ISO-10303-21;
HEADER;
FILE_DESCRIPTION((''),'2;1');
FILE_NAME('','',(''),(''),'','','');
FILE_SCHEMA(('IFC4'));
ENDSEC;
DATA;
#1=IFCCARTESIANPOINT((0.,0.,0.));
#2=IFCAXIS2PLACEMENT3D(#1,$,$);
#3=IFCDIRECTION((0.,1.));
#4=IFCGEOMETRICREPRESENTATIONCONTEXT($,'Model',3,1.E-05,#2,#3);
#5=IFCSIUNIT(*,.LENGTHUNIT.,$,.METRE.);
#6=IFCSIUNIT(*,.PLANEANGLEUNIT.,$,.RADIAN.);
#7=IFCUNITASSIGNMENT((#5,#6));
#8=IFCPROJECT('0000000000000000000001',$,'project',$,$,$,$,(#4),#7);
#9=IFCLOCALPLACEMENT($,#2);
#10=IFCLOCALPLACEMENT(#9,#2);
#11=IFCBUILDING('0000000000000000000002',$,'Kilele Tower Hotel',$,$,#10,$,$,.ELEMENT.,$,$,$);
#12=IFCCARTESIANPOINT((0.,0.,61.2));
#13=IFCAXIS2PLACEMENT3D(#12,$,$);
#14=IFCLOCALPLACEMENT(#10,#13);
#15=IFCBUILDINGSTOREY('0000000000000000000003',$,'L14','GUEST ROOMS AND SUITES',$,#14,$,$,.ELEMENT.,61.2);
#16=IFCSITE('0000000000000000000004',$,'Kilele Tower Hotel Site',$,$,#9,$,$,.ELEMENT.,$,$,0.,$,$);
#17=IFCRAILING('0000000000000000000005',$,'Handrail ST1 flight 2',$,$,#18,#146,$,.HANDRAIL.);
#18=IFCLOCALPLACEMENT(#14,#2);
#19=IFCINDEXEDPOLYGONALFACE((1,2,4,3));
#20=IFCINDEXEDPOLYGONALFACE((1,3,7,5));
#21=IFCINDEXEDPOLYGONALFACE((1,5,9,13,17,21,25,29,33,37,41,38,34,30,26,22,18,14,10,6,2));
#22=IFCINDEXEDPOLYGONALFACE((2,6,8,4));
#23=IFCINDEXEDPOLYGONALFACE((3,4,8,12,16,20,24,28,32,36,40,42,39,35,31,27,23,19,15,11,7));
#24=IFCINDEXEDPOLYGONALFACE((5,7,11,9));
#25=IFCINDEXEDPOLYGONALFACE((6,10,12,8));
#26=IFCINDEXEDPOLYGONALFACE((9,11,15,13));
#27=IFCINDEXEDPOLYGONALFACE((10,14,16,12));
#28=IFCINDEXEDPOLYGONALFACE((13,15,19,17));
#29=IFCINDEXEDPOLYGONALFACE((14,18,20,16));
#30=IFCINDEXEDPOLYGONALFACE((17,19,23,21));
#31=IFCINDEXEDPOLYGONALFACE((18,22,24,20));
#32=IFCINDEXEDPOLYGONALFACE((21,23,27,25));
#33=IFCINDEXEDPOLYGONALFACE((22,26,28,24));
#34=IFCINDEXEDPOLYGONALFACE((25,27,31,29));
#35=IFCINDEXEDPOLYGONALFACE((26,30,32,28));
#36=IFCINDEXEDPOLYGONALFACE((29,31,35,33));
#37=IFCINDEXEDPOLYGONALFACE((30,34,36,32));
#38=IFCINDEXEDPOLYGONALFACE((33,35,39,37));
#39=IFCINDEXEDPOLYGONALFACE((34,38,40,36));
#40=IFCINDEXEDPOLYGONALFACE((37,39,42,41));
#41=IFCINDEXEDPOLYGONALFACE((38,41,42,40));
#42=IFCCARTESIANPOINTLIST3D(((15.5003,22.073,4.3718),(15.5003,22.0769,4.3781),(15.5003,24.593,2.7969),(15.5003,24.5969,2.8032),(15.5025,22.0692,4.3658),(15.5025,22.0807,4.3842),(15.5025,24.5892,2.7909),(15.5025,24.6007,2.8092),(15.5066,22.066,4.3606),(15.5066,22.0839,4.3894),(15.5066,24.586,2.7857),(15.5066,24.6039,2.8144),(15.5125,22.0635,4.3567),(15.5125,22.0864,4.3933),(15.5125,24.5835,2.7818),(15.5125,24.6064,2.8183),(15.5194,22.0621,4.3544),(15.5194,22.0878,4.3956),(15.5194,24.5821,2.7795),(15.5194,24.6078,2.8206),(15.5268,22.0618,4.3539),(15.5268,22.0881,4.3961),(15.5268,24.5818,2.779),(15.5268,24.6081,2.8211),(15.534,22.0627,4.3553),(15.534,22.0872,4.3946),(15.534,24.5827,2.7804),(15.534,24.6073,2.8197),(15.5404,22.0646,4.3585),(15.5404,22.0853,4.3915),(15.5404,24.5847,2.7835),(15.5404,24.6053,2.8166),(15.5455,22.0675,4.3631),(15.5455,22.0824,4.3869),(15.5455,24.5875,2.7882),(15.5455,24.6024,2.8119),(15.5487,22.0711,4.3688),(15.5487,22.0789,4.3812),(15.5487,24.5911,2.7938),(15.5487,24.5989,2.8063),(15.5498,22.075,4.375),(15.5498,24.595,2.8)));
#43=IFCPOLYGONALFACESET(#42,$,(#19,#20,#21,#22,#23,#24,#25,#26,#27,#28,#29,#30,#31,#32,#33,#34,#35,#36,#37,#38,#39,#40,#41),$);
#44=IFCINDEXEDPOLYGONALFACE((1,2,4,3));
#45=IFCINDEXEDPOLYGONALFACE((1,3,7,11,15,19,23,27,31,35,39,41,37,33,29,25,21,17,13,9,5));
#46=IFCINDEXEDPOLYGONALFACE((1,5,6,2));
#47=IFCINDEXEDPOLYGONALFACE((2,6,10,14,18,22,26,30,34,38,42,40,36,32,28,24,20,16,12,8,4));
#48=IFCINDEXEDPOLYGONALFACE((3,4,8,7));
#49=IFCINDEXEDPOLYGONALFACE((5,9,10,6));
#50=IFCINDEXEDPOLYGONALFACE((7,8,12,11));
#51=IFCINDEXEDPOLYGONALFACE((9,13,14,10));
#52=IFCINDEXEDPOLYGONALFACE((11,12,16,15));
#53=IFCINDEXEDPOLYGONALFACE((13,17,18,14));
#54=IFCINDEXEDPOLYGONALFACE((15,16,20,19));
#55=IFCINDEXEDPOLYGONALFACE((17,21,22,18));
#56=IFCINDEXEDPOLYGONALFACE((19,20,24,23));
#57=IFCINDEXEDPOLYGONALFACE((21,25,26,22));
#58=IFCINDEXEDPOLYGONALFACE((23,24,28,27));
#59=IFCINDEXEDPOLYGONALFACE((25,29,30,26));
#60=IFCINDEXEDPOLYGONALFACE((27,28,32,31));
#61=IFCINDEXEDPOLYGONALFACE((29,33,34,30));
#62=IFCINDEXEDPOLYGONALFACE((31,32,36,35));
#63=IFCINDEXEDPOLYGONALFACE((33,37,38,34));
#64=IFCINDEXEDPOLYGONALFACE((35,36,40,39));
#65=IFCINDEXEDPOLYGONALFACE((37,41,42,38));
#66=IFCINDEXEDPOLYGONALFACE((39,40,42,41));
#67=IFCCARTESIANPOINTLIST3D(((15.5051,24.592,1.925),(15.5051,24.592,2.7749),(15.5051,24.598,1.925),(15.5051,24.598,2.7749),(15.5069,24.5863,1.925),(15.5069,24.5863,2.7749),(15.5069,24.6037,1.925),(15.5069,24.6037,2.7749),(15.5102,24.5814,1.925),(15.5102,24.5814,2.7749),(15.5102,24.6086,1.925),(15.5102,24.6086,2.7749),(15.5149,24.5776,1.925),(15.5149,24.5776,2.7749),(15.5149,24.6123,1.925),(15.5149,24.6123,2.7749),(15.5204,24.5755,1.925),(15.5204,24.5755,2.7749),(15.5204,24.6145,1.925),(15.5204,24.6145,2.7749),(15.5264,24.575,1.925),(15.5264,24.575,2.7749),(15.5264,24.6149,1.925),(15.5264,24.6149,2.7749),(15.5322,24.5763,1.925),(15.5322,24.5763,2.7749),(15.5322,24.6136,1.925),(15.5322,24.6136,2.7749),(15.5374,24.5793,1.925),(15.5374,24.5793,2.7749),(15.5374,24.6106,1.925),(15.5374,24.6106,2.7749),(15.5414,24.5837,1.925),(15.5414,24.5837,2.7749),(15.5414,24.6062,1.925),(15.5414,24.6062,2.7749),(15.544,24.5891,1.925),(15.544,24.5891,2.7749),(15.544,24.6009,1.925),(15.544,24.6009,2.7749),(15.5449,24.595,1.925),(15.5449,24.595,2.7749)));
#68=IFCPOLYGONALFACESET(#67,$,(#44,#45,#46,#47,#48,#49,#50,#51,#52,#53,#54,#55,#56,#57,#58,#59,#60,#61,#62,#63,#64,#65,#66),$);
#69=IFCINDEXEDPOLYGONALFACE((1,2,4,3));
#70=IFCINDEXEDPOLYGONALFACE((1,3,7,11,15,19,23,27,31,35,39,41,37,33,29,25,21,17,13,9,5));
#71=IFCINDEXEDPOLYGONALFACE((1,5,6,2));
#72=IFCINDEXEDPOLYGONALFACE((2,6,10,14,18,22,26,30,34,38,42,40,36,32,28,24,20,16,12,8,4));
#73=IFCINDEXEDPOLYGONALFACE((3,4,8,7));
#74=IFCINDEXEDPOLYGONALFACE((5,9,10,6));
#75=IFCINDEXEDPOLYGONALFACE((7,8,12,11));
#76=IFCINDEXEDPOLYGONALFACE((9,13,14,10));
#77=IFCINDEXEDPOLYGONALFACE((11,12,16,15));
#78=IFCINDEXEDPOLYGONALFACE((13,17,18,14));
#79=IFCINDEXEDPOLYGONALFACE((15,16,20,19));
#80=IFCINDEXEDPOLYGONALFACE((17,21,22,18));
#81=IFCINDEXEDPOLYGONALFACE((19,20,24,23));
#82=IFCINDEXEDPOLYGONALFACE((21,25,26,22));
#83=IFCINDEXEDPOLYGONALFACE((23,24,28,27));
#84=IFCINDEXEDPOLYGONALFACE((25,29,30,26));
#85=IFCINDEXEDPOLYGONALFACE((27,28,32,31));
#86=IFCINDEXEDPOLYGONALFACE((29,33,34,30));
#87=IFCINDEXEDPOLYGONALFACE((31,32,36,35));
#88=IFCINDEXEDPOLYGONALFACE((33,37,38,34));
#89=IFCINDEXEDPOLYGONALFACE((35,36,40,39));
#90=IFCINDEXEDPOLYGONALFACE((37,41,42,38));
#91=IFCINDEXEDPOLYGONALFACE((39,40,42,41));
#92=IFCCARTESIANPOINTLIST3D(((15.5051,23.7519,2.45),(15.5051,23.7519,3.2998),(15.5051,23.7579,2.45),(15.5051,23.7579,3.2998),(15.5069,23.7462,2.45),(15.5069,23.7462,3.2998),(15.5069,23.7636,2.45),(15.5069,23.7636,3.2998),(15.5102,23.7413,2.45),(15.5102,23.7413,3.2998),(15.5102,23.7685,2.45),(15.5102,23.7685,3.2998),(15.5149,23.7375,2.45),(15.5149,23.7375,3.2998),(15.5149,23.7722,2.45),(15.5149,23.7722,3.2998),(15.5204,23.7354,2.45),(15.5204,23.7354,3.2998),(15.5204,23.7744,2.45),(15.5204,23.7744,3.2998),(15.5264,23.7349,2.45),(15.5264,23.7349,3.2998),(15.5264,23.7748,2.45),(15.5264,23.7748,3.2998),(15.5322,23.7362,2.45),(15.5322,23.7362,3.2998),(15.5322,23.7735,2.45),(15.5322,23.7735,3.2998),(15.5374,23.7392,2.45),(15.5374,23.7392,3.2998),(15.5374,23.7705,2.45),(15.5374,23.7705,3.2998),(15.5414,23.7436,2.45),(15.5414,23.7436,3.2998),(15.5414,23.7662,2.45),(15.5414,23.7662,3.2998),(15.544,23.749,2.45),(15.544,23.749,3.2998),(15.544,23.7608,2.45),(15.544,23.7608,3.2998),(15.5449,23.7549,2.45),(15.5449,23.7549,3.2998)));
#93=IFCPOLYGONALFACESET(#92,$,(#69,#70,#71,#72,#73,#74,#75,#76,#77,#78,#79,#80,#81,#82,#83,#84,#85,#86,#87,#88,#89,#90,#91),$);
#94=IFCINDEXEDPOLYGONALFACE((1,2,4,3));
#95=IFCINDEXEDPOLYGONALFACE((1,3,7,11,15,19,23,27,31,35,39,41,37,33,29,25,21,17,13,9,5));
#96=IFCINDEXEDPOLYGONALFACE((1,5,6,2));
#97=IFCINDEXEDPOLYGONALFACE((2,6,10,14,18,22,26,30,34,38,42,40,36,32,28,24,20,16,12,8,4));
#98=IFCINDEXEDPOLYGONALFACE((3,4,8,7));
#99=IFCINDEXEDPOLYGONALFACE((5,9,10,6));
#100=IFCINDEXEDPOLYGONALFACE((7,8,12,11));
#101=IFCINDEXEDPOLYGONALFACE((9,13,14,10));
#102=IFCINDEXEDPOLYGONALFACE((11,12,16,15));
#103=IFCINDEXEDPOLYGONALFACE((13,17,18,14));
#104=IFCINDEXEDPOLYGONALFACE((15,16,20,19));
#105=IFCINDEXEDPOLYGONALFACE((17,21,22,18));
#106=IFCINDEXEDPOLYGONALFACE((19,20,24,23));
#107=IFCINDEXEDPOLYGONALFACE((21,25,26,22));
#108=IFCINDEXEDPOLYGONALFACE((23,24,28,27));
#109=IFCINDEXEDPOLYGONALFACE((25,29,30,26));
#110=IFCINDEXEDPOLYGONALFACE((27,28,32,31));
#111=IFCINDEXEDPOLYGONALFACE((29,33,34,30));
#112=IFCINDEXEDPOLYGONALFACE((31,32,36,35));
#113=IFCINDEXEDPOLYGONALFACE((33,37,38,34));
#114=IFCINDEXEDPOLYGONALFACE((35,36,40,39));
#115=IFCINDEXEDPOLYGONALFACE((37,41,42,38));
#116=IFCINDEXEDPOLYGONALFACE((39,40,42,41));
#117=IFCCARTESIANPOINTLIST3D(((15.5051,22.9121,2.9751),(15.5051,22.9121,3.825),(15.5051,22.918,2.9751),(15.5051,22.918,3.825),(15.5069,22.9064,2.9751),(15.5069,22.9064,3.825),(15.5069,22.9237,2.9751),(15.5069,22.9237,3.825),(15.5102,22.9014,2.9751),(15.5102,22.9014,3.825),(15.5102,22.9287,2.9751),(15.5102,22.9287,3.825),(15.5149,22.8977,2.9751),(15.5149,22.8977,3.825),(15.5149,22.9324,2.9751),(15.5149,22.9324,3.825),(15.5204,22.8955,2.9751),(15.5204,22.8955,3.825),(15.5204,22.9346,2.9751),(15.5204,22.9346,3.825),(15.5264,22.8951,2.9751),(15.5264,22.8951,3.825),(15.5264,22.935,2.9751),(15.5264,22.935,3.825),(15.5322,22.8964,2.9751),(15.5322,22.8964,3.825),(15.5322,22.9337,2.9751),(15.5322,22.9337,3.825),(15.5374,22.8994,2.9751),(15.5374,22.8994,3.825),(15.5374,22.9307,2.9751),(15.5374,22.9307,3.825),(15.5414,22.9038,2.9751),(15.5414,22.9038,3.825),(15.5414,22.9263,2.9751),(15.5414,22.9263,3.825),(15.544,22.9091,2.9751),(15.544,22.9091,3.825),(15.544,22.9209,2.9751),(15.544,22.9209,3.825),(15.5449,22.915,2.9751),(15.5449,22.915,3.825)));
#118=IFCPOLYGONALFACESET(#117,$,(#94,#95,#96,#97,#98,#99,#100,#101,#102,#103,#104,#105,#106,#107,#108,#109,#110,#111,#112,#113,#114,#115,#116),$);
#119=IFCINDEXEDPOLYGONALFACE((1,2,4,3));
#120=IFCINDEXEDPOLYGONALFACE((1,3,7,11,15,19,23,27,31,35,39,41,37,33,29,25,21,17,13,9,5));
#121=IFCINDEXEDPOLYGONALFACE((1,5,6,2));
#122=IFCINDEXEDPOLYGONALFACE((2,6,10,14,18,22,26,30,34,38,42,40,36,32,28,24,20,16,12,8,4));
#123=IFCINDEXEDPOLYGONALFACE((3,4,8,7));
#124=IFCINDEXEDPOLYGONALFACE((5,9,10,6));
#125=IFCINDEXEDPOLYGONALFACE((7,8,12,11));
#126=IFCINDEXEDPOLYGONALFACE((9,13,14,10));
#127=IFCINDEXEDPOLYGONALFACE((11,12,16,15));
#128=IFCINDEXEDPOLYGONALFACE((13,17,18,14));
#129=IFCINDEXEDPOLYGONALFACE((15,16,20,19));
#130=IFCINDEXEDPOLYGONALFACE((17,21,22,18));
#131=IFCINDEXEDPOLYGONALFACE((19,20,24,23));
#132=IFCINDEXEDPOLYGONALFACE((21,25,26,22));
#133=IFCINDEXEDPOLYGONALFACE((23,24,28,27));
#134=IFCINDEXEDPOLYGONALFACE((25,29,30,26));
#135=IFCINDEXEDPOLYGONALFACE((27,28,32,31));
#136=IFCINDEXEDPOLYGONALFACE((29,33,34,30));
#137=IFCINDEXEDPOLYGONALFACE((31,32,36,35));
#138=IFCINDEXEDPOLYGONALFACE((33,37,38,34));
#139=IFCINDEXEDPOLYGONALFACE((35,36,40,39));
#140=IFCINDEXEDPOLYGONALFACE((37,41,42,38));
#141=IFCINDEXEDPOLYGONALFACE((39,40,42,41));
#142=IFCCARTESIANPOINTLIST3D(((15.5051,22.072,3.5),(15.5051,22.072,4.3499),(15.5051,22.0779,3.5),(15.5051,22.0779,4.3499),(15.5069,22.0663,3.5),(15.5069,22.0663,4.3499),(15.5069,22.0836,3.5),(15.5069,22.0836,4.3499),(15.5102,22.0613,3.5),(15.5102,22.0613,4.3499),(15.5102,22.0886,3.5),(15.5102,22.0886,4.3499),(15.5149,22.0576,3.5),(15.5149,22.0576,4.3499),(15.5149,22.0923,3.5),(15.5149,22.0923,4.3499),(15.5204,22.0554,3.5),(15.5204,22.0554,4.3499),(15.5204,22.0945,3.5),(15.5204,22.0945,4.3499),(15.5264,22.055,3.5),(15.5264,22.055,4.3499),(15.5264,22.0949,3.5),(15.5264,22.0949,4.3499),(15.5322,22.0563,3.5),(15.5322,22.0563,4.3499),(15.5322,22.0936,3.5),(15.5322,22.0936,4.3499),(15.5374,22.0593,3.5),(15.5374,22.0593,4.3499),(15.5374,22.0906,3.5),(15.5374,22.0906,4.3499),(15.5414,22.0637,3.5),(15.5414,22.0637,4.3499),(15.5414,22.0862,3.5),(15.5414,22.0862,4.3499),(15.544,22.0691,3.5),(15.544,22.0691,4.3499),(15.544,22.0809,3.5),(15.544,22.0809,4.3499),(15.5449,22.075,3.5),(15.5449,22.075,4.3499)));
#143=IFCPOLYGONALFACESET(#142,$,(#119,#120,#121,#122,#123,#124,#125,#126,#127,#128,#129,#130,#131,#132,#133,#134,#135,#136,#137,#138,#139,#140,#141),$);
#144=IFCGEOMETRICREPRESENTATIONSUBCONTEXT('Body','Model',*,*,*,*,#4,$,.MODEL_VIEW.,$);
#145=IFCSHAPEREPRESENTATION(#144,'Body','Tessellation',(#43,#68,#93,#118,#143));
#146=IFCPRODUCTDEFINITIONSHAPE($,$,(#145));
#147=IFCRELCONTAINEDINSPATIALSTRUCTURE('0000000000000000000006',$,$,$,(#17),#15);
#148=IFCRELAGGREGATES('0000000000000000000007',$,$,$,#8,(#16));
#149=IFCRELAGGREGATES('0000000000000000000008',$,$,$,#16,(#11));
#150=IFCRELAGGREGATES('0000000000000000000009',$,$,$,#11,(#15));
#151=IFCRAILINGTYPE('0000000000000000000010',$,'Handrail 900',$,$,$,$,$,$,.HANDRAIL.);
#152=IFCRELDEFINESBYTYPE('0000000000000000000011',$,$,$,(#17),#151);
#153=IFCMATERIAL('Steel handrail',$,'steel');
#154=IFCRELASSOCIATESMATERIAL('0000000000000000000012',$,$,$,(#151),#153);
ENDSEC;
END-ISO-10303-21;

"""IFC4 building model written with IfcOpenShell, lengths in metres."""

from ifc_helpers import new_model, si_unit, direction, frame, origin, origin_2d, place, context, subcontext, project, spatial, circle, extrude, material, type_object, element, save


model = new_model("IFC4")

# Units and contexts
model_context = context("Model", 3, precision=1e-05, world=origin(), true_north=direction((0.0, 1.0)))
body_context = subcontext(model_context, "Body", "Model", "MODEL_VIEW")
ifc_project = project(units=[si_unit("LENGTHUNIT", "METRE"), si_unit("PLANEANGLEUNIT", "RADIAN")], contexts=[model_context])

# Site, building, storey
site_placement = place(None, origin())
site = spatial("IfcSite", under=ifc_project, at=site_placement, Name="Kilele Tower Hotel Site", CompositionType="ELEMENT", RefElevation=0.0)
building_placement = place(site_placement, origin())
building = spatial("IfcBuilding", under=site, at=building_placement, Name="Kilele Tower Hotel", CompositionType="ELEMENT")
storey_placement = place(building_placement, frame((0.0, 0.0, 61.2)))
storey = spatial("IfcBuildingStorey", under=building, at=storey_placement, Name="L14", Description="GUEST ROOMS AND SUITES", CompositionType="ELEMENT", Elevation=61.2)

# Railing
ifc_material_1 = material(Name="Steel handrail", Category="steel")
railing_type_1 = type_object("IfcRailingType", Name="Handrail 900", PredefinedType="HANDRAIL", material=ifc_material_1)
for number, where, name in (
    (1, (15.5249, 24.595, 1.925), "Handrail ST1 flight 2"),
):
    element("IfcRailing", number, at=place(storey_placement, frame(where)), inside=storey, type_object=railing_type_1, Name=name, PredefinedType="HANDRAIL", context=body_context, shape_type="SweptSolid", body=[
        extrude(circle(Radius=0.0249, at=origin_2d()), frame((0.0, 0.0, 0.875), z_axis=(0.0, -0.848008, 0.529984), x_axis=(1.0, 0.0, 0.0)), (0.0, 0.0, 1.0), 2.9717),
        extrude(circle(Radius=0.02, at=origin_2d()), origin(), (0.0, 0.0, 1.0), 0.8499),
        extrude(circle(Radius=0.02, at=origin_2d()), frame((0.0, -0.8401, 0.5249)), (0.0, 0.0, 1.0), 0.8499),
        extrude(circle(Radius=0.02, at=origin_2d()), frame((0.0, -1.6799, 1.05)), (0.0, 0.0, 1.0), 0.8499),
        extrude(circle(Radius=0.02, at=origin_2d()), frame((0.0, -2.52, 1.575)), (0.0, 0.0, 1.0), 0.8499),
    ])

save(model, "model.ifc")
